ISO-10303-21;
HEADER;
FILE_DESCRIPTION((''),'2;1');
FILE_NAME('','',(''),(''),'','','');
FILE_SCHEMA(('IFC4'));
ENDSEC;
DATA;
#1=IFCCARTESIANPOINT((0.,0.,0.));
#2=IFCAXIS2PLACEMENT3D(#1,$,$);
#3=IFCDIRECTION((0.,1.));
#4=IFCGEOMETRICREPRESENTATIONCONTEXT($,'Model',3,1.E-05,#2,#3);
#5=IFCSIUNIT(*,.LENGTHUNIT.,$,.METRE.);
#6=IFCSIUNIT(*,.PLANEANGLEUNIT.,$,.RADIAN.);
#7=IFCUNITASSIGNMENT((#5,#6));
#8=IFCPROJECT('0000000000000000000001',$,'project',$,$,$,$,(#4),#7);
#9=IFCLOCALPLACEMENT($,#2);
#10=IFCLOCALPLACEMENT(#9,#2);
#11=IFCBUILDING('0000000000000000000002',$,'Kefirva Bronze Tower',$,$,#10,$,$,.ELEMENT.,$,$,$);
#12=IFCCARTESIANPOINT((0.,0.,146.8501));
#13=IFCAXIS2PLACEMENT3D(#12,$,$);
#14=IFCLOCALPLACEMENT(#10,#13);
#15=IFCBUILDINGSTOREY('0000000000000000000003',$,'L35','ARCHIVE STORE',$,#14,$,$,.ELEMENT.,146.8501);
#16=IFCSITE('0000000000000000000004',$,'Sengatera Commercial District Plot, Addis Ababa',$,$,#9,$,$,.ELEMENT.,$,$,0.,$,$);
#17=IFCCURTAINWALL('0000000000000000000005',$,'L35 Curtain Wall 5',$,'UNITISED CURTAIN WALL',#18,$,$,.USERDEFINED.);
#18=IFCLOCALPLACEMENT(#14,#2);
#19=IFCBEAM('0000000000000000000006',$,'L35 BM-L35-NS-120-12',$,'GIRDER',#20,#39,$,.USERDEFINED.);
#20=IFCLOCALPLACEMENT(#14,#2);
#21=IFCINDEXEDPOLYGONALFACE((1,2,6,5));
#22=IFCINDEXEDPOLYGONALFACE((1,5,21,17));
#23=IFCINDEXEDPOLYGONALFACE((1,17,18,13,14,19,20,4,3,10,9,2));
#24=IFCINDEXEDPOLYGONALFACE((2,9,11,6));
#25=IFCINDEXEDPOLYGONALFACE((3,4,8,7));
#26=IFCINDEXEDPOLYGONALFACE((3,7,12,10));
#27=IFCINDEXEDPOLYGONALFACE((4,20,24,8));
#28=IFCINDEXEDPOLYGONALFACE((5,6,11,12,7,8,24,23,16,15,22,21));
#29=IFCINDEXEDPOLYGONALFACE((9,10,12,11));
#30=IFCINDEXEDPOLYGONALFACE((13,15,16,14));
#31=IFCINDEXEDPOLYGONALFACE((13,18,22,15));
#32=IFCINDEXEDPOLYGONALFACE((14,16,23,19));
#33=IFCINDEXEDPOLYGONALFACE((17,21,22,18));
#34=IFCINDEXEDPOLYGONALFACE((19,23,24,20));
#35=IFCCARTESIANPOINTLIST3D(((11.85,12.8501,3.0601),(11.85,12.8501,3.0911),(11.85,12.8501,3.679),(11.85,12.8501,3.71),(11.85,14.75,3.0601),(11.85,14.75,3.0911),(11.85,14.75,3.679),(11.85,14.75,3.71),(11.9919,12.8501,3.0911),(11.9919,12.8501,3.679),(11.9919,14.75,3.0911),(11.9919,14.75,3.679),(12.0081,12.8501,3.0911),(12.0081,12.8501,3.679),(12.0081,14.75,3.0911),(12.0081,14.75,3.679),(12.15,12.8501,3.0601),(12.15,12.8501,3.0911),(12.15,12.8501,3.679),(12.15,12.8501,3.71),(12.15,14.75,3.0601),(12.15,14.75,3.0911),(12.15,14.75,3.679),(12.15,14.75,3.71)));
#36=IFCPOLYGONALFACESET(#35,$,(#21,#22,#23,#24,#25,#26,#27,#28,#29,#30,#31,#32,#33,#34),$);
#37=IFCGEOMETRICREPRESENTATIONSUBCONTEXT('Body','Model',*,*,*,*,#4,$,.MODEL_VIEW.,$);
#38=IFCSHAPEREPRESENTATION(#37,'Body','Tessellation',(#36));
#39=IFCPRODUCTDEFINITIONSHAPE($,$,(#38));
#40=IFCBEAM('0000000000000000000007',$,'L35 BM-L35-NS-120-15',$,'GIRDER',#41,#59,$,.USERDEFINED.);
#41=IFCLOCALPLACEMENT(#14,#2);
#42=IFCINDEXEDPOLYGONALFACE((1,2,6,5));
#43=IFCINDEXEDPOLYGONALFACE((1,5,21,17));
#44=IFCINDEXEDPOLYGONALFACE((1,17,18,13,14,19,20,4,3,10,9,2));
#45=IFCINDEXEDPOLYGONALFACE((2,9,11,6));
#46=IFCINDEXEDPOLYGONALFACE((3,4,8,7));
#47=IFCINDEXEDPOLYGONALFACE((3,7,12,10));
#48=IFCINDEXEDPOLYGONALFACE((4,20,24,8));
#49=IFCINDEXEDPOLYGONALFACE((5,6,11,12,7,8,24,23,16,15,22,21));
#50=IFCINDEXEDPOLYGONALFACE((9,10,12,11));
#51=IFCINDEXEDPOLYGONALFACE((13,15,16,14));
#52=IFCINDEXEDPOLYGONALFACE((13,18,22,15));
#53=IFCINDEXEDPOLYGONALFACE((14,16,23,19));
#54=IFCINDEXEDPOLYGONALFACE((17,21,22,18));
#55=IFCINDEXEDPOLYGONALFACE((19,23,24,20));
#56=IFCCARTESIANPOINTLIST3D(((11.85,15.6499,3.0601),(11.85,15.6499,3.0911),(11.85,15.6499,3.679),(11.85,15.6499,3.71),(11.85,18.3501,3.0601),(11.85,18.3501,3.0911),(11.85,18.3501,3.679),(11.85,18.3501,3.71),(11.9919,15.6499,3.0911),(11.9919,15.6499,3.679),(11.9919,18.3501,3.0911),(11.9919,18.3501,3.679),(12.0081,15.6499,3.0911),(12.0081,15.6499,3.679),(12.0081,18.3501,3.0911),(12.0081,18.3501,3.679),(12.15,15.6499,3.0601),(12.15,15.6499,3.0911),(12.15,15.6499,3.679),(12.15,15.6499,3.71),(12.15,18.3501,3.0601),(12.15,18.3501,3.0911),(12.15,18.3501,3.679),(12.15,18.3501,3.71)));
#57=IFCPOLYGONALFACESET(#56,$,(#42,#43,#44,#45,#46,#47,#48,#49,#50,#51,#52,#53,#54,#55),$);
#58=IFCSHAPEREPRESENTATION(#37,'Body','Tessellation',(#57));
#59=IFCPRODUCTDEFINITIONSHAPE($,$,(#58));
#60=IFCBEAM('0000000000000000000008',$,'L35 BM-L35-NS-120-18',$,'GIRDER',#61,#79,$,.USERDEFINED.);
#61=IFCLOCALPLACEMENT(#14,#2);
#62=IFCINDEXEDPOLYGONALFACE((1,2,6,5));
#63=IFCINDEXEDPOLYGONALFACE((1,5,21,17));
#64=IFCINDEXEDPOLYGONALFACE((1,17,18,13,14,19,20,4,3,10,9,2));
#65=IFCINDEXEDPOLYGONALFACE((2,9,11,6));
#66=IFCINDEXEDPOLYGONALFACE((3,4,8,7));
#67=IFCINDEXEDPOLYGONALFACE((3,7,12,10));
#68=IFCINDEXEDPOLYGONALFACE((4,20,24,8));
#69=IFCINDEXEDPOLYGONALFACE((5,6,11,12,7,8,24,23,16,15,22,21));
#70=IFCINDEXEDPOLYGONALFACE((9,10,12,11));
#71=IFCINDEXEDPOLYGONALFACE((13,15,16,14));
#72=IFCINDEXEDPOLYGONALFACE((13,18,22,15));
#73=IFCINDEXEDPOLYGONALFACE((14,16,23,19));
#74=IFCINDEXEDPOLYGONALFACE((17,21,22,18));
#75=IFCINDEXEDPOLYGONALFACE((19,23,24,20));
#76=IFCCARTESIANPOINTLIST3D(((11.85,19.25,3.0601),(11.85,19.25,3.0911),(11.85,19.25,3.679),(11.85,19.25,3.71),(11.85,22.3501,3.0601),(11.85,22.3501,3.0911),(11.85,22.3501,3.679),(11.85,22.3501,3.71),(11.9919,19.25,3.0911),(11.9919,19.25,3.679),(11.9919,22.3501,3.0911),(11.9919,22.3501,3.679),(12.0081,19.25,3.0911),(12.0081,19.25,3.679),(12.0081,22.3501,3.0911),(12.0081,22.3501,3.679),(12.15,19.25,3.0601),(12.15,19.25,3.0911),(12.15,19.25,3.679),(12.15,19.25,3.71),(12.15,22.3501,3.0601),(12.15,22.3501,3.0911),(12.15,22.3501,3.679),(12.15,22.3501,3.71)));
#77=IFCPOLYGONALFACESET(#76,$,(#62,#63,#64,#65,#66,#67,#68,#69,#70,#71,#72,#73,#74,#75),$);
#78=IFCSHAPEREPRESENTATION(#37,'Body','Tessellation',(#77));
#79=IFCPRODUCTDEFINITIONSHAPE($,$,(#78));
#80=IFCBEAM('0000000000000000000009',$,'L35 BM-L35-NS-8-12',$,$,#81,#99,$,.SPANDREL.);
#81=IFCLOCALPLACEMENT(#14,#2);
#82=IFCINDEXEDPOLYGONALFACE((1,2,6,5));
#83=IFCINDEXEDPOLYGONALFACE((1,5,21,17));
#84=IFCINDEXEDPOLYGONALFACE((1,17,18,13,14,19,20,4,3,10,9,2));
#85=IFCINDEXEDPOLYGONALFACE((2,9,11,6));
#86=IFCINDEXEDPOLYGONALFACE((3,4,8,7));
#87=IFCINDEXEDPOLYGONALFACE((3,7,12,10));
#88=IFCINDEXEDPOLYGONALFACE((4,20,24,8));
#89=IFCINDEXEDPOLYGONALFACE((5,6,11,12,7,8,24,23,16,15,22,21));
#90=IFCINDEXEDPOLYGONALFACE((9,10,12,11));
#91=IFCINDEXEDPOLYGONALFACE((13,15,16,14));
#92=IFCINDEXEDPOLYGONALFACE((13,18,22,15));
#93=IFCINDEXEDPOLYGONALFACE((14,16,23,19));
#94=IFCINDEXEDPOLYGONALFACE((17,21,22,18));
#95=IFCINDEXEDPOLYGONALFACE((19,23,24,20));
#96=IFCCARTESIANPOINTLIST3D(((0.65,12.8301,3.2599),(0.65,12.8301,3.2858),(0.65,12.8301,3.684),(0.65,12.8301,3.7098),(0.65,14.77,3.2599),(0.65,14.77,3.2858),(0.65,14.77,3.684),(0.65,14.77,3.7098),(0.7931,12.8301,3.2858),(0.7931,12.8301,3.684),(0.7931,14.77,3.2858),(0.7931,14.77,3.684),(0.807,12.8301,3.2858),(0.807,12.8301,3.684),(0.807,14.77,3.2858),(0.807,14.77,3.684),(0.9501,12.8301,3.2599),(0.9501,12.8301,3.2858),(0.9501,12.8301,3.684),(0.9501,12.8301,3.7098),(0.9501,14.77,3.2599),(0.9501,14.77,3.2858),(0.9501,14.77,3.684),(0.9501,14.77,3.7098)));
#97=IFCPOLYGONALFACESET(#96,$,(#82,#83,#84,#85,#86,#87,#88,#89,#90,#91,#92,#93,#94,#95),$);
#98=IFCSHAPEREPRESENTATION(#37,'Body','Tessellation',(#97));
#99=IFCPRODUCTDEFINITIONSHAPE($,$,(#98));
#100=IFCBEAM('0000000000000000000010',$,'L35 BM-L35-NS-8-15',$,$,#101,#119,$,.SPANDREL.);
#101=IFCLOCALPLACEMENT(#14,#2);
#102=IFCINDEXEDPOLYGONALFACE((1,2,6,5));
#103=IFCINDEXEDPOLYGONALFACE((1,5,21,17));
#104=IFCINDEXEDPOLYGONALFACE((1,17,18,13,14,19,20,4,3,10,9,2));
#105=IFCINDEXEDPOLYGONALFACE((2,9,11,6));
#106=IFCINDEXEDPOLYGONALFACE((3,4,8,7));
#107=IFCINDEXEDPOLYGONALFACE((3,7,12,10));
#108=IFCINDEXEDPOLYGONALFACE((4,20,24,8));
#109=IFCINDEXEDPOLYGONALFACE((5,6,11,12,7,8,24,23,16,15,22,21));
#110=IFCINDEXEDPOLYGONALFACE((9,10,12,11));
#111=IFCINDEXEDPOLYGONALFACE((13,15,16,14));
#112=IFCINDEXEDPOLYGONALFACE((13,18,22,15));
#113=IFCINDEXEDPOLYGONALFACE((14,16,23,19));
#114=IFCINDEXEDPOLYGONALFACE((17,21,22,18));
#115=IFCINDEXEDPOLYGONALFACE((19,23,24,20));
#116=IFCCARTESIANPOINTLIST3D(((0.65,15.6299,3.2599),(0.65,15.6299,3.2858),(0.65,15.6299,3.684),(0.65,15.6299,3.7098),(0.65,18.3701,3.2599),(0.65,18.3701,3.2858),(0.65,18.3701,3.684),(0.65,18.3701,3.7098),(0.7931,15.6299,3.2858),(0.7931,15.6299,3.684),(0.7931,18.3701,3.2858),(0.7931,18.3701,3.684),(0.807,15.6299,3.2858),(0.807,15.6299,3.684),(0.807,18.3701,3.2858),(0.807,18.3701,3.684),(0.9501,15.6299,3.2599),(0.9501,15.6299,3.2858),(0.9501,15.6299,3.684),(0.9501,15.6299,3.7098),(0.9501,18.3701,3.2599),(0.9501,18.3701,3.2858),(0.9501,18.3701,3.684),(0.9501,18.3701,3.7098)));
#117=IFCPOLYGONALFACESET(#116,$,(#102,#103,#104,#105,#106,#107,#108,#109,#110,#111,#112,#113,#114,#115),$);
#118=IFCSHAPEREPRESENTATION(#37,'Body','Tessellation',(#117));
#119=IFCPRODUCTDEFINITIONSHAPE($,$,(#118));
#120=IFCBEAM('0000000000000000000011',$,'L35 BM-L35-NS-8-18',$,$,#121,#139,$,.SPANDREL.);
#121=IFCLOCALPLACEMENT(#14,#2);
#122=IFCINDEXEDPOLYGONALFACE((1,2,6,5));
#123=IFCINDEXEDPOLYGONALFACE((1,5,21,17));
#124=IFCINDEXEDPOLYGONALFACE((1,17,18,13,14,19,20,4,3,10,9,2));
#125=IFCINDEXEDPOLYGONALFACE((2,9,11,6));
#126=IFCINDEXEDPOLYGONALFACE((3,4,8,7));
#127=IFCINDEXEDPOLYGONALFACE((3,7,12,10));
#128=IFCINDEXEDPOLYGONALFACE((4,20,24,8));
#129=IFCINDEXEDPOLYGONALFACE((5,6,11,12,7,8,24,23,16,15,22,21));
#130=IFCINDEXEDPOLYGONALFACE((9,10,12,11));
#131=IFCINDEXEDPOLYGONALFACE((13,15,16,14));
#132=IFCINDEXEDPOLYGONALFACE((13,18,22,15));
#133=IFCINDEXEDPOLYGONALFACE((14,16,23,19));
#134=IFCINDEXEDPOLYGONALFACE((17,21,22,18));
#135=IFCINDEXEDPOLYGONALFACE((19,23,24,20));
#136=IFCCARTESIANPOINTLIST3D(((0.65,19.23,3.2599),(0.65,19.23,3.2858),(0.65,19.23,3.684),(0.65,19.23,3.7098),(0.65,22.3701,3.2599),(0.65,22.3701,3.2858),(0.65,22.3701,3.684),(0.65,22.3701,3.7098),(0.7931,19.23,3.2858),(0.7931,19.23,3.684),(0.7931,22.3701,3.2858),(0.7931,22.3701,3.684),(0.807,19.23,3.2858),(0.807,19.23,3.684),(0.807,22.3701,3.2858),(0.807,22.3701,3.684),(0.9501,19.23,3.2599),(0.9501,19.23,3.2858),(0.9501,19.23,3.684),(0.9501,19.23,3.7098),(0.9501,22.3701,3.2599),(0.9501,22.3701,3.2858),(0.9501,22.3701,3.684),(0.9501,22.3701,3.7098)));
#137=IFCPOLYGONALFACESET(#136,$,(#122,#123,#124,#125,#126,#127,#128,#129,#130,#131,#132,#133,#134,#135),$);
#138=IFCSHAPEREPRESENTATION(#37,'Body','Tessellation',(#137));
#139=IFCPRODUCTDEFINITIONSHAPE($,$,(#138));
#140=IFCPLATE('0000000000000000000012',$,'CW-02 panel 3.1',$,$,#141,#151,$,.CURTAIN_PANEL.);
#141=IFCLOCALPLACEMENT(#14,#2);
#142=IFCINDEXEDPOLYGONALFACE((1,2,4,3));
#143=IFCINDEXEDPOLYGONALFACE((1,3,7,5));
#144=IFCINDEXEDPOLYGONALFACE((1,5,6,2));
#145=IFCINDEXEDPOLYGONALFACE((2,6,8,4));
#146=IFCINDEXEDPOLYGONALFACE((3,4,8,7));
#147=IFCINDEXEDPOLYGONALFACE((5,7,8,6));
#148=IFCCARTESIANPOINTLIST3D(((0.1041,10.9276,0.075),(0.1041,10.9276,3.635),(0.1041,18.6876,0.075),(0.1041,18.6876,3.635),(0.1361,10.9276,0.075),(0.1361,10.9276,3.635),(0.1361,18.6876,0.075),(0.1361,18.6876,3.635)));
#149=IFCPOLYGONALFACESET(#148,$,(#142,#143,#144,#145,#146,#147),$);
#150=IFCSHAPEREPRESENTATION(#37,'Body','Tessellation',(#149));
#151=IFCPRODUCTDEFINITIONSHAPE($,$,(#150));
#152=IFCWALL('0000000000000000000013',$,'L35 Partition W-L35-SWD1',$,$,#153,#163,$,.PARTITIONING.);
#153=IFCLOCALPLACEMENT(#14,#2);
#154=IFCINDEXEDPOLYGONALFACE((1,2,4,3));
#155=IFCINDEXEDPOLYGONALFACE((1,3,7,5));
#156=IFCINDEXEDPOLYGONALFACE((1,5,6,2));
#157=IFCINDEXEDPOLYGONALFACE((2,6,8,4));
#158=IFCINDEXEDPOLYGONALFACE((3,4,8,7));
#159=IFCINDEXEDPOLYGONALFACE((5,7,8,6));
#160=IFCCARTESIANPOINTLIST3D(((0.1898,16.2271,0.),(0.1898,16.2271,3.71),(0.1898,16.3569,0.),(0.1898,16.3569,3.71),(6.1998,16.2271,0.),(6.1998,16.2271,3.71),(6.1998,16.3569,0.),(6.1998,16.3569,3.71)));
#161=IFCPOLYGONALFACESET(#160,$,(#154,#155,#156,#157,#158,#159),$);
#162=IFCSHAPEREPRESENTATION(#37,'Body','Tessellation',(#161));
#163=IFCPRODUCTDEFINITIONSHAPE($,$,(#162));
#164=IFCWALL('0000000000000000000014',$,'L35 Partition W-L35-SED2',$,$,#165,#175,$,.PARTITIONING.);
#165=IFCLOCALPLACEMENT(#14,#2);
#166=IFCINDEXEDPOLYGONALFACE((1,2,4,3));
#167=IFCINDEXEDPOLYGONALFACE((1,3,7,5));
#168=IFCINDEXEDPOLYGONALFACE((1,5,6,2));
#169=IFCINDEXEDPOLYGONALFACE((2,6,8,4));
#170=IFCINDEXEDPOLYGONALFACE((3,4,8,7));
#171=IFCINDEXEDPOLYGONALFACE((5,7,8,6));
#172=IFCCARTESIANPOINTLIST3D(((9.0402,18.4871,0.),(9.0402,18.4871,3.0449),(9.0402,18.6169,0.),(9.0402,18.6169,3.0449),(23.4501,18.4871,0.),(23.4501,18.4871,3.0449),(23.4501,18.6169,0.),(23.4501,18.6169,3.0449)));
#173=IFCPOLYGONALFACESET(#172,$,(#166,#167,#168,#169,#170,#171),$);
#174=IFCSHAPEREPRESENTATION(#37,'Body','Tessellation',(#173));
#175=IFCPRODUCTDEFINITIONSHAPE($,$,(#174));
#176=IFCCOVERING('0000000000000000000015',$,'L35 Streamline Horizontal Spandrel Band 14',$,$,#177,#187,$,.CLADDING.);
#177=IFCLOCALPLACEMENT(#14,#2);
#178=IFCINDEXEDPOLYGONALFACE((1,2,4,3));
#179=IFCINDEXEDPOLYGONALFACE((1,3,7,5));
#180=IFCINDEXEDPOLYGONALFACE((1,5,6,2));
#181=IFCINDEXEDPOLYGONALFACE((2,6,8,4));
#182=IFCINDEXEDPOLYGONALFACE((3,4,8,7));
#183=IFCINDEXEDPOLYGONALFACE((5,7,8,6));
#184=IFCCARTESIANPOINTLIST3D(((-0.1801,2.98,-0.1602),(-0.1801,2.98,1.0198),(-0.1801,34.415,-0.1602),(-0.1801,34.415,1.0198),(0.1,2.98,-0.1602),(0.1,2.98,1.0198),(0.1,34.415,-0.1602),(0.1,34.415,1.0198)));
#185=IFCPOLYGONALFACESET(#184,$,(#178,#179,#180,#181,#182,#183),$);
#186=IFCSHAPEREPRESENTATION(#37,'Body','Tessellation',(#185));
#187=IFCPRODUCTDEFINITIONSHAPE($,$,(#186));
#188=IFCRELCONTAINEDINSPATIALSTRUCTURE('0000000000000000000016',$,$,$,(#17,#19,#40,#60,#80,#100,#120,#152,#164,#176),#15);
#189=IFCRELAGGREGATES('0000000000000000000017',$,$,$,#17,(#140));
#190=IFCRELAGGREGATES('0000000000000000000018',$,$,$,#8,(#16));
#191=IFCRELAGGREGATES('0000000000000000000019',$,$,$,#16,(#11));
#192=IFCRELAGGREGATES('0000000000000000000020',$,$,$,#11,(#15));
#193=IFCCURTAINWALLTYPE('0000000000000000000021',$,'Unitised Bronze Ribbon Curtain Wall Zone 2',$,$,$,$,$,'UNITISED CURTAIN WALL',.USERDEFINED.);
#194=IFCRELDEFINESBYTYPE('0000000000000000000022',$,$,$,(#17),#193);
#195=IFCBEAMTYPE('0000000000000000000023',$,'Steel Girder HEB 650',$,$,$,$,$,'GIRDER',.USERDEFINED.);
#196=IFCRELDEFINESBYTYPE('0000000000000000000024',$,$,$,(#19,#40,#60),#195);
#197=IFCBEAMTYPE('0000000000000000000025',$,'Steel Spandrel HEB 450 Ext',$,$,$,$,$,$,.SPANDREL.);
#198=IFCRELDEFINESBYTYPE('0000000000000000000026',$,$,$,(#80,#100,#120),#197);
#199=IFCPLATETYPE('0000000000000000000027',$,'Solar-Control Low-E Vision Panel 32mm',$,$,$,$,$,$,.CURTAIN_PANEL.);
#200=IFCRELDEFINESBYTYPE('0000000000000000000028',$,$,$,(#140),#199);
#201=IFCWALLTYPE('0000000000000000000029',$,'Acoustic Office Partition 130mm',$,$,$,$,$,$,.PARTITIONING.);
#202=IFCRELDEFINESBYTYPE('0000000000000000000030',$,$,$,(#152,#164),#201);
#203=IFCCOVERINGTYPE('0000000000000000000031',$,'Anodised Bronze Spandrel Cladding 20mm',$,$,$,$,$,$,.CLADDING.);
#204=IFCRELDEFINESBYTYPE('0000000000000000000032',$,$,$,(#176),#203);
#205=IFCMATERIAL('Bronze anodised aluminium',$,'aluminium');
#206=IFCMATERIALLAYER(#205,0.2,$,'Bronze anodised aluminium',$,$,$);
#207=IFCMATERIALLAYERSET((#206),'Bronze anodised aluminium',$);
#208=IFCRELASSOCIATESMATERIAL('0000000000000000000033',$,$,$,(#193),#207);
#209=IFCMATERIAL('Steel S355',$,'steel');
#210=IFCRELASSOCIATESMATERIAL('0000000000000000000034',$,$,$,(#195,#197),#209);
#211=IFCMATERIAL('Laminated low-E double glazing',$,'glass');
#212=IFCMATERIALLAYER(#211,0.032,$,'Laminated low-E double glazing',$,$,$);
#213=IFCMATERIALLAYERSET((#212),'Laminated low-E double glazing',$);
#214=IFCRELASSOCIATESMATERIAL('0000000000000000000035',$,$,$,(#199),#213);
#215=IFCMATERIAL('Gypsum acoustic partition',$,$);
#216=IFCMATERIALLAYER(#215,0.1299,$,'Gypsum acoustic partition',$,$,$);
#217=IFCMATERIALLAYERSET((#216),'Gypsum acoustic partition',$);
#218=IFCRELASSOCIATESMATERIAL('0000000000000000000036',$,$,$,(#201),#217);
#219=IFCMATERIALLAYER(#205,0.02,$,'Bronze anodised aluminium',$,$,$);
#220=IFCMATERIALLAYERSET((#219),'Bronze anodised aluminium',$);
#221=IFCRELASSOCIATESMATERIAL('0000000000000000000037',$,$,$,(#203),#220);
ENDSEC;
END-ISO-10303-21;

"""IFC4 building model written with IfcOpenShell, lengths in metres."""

from ifc_helpers import new_model, si_unit, direction, frame, frame_2d, origin, origin_2d, place, context, subcontext, project, spatial, rectangle, i_section, extrude, material, layer, layer_set, material_profile, profile_set, type_object, element, aggregate, save


model = new_model("IFC4")

# Units and contexts
model_context = context("Model", 3, precision=1e-05, world=origin(), true_north=direction((0.0, 1.0)))
body_context = subcontext(model_context, "Body", "Model", "MODEL_VIEW")
ifc_project = project(units=[si_unit("LENGTHUNIT", "METRE"), si_unit("PLANEANGLEUNIT", "RADIAN")], contexts=[model_context])

# Site, building, storey
site_placement = place(None, origin())
site = spatial("IfcSite", under=ifc_project, at=site_placement, Name="Sengatera Commercial District Plot, Addis Ababa", CompositionType="ELEMENT", RefElevation=0.0)
building_placement = place(site_placement, origin())
building = spatial("IfcBuilding", under=site, at=building_placement, Name="Kefirva Bronze Tower", CompositionType="ELEMENT")
storey_placement = place(building_placement, frame((0.0, 0.0, 146.8501)))
storey = spatial("IfcBuildingStorey", under=building, at=storey_placement, Name="L35", Description="ARCHIVE STORE", CompositionType="ELEMENT", Elevation=146.8501)

# Curtain wall
ifc_material_1 = material(Name="Bronze anodised aluminium", Category="aluminium")
ifc_layer_1 = layer(ifc_material_1, 0.2, Name="Bronze anodised aluminium")
ifc_layer_set_1 = layer_set([ifc_layer_1], Name="Bronze anodised aluminium")
curtain_wall_type = type_object("IfcCurtainWallType", Name="Unitised Bronze Ribbon Curtain Wall Zone 2", ElementType="UNITISED CURTAIN WALL", PredefinedType="USERDEFINED", material=ifc_layer_set_1)
curtain_wall_placement = place(storey_placement, origin())
curtain_wall = element("IfcCurtainWall", 1, at=curtain_wall_placement, inside=storey, type_object=curtain_wall_type, Name="L35 Curtain Wall 5", ObjectType="UNITISED CURTAIN WALL", PredefinedType="USERDEFINED")

# Beams
ifc_material_2 = material(Name="Steel S355", Category="steel")
ifc_material_profile_1 = material_profile(ifc_material_2, i_section(OverallWidth=0.3, OverallDepth=0.6499, WebThickness=0.0161, FlangeThickness=0.031, at=origin_2d()), Name="HEB 650")
ifc_profile_set_1 = profile_set([ifc_material_profile_1], Name="Steel S355")
beam_type_1 = type_object("IfcBeamType", Name="Steel Girder HEB 650", ElementType="GIRDER", PredefinedType="USERDEFINED", material=ifc_profile_set_1)
beam_1_placement = place(storey_placement, frame((12.0, 12.8501, 3.385), z_axis=(0.0, 1.0, 0.0), x_axis=(-1.0, 0.0, 0.0)))
element("IfcBeam", 2, at=beam_1_placement, inside=storey, type_object=beam_type_1, Name="L35 BM-L35-NS-120-12", ObjectType="GIRDER", PredefinedType="USERDEFINED", context=body_context, shape_type="SweptSolid", body=[
    extrude(i_section(OverallWidth=0.3, OverallDepth=0.6499, WebThickness=0.0161, FlangeThickness=0.031, at=origin_2d()), origin(), (0.0, 0.0, 1.0), 1.8999),
])
beam_2_placement = place(storey_placement, frame((12.0, 15.6499, 3.385), z_axis=(0.0, 1.0, 0.0), x_axis=(-1.0, 0.0, 0.0)))
element("IfcBeam", 3, at=beam_2_placement, inside=storey, type_object=beam_type_1, Name="L35 BM-L35-NS-120-15", ObjectType="GIRDER", PredefinedType="USERDEFINED", context=body_context, shape_type="SweptSolid", body=[
    extrude(i_section(OverallWidth=0.3, OverallDepth=0.6499, WebThickness=0.0161, FlangeThickness=0.031, at=origin_2d()), origin(), (0.0, 0.0, 1.0), 2.7002),
])
beam_3_placement = place(storey_placement, frame((12.0, 19.25, 3.385), z_axis=(0.0, 1.0, 0.0), x_axis=(-1.0, 0.0, 0.0)))
element("IfcBeam", 4, at=beam_3_placement, inside=storey, type_object=beam_type_1, Name="L35 BM-L35-NS-120-18", ObjectType="GIRDER", PredefinedType="USERDEFINED", context=body_context, shape_type="SweptSolid", body=[
    extrude(i_section(OverallWidth=0.3, OverallDepth=0.6499, WebThickness=0.0161, FlangeThickness=0.031, at=origin_2d()), origin(), (0.0, 0.0, 1.0), 3.1001),
])
ifc_material_profile_2 = material_profile(ifc_material_2, i_section(OverallWidth=0.3, OverallDepth=0.45, WebThickness=0.0139, FlangeThickness=0.0259, at=origin_2d()), Name="HEB 450")
ifc_profile_set_2 = profile_set([ifc_material_profile_2], Name="Steel S355")
beam_type_2 = type_object("IfcBeamType", Name="Steel Spandrel HEB 450 Ext", PredefinedType="SPANDREL", material=ifc_profile_set_2)
beam_4_placement = place(storey_placement, frame((0.8, 12.8301, 3.4849), z_axis=(0.0, 1.0, 0.0), x_axis=(-1.0, 0.0, 0.0)))
element("IfcBeam", 5, at=beam_4_placement, inside=storey, type_object=beam_type_2, Name="L35 BM-L35-NS-8-12", PredefinedType="SPANDREL", context=body_context, shape_type="SweptSolid", body=[
    extrude(i_section(OverallWidth=0.3, OverallDepth=0.45, WebThickness=0.0139, FlangeThickness=0.0259, at=origin_2d()), origin(), (0.0, 0.0, 1.0), 1.9399),
])
beam_5_placement = place(storey_placement, frame((0.8, 15.6299, 3.4849), z_axis=(0.0, 1.0, 0.0), x_axis=(-1.0, 0.0, 0.0)))
element("IfcBeam", 6, at=beam_5_placement, inside=storey, type_object=beam_type_2, Name="L35 BM-L35-NS-8-15", PredefinedType="SPANDREL", context=body_context, shape_type="SweptSolid", body=[
    extrude(i_section(OverallWidth=0.3, OverallDepth=0.45, WebThickness=0.0139, FlangeThickness=0.0259, at=origin_2d()), origin(), (0.0, 0.0, 1.0), 2.7402),
])
beam_6_placement = place(storey_placement, frame((0.8, 19.23, 3.4849), z_axis=(0.0, 1.0, 0.0), x_axis=(-1.0, 0.0, 0.0)))
element("IfcBeam", 7, at=beam_6_placement, inside=storey, type_object=beam_type_2, Name="L35 BM-L35-NS-8-18", PredefinedType="SPANDREL", context=body_context, shape_type="SweptSolid", body=[
    extrude(i_section(OverallWidth=0.3, OverallDepth=0.45, WebThickness=0.0139, FlangeThickness=0.0259, at=origin_2d()), origin(), (0.0, 0.0, 1.0), 3.1401),
])

# Plate
ifc_material_3 = material(Name="Laminated low-E double glazing", Category="glass")
ifc_layer_2 = layer(ifc_material_3, 0.032, Name="Laminated low-E double glazing")
ifc_layer_set_2 = layer_set([ifc_layer_2], Name="Laminated low-E double glazing")
plate_type = type_object("IfcPlateType", Name="Solar-Control Low-E Vision Panel 32mm", PredefinedType="CURTAIN_PANEL", material=ifc_layer_set_2)
plate_placement = place(storey_placement, frame((0.1201, 14.8076, 0.075), z_axis=(0.0, 0.0, 1.0), x_axis=(0.0, -1.0, 0.0)))
plate = element("IfcPlate", 8, at=plate_placement, type_object=plate_type, Name="CW-02 panel 3.1", PredefinedType="CURTAIN_PANEL", context=body_context, shape_type="SweptSolid", body=[
    extrude(rectangle(XDim=7.76, YDim=0.032, at=origin_2d()), origin(), (0.0, 0.0, 1.0), 3.5601),
])
aggregate(curtain_wall, [plate])

# Walls
ifc_material_4 = material(Name="Gypsum acoustic partition")
ifc_layer_3 = layer(ifc_material_4, 0.1299, Name="Gypsum acoustic partition")
ifc_layer_set_3 = layer_set([ifc_layer_3], Name="Gypsum acoustic partition")
wall_type = type_object("IfcWallType", Name="Acoustic Office Partition 130mm", PredefinedType="PARTITIONING", material=ifc_layer_set_3)
wall_1_placement = place(storey_placement, frame((0.1899, 16.292, 0.0), z_axis=(0.0, 0.0, 1.0), x_axis=(1.0, 0.0, 0.0)))
element("IfcWall", 9, at=wall_1_placement, inside=storey, type_object=wall_type, Name="L35 Partition W-L35-SWD1", PredefinedType="PARTITIONING", context=body_context, shape_type="SweptSolid", body=[
    extrude(rectangle(XDim=6.01, YDim=0.1299, at=frame_2d((3.0049, 0.0))), origin(), (0.0, 0.0, 1.0), 3.71),
])
wall_2_placement = place(storey_placement, frame((9.04, 18.552, 0.0), z_axis=(0.0, 0.0, 1.0), x_axis=(1.0, 0.0, 0.0)))
element("IfcWall", 10, at=wall_2_placement, inside=storey, type_object=wall_type, Name="L35 Partition W-L35-SED2", PredefinedType="PARTITIONING", context=body_context, shape_type="SweptSolid", body=[
    extrude(rectangle(XDim=14.4099, YDim=0.1299, at=frame_2d((7.2051, 0.0))), origin(), (0.0, 0.0, 1.0), 3.0449),
])

# Covering
ifc_layer_4 = layer(ifc_material_1, 0.02, Name="Bronze anodised aluminium")
ifc_layer_set_4 = layer_set([ifc_layer_4], Name="Bronze anodised aluminium")
covering_type_1 = type_object("IfcCoveringType", Name="Anodised Bronze Spandrel Cladding 20mm", PredefinedType="CLADDING", material=ifc_layer_set_4)
covering_1_placement = place(storey_placement, frame((-0.04, 18.6975, -0.1602), z_axis=(0.0, 0.0, 1.0), x_axis=(0.0, -1.0, 0.0)))
element("IfcCovering", 11, at=covering_1_placement, inside=storey, type_object=covering_type_1, Name="L35 Streamline Horizontal Spandrel Band 14", PredefinedType="CLADDING", context=body_context, shape_type="SweptSolid", body=[
    extrude(rectangle(XDim=31.4351, YDim=0.28, at=origin_2d()), origin(), (0.0, 0.0, 1.0), 1.1799),
])

save(model, "model.ifc")
